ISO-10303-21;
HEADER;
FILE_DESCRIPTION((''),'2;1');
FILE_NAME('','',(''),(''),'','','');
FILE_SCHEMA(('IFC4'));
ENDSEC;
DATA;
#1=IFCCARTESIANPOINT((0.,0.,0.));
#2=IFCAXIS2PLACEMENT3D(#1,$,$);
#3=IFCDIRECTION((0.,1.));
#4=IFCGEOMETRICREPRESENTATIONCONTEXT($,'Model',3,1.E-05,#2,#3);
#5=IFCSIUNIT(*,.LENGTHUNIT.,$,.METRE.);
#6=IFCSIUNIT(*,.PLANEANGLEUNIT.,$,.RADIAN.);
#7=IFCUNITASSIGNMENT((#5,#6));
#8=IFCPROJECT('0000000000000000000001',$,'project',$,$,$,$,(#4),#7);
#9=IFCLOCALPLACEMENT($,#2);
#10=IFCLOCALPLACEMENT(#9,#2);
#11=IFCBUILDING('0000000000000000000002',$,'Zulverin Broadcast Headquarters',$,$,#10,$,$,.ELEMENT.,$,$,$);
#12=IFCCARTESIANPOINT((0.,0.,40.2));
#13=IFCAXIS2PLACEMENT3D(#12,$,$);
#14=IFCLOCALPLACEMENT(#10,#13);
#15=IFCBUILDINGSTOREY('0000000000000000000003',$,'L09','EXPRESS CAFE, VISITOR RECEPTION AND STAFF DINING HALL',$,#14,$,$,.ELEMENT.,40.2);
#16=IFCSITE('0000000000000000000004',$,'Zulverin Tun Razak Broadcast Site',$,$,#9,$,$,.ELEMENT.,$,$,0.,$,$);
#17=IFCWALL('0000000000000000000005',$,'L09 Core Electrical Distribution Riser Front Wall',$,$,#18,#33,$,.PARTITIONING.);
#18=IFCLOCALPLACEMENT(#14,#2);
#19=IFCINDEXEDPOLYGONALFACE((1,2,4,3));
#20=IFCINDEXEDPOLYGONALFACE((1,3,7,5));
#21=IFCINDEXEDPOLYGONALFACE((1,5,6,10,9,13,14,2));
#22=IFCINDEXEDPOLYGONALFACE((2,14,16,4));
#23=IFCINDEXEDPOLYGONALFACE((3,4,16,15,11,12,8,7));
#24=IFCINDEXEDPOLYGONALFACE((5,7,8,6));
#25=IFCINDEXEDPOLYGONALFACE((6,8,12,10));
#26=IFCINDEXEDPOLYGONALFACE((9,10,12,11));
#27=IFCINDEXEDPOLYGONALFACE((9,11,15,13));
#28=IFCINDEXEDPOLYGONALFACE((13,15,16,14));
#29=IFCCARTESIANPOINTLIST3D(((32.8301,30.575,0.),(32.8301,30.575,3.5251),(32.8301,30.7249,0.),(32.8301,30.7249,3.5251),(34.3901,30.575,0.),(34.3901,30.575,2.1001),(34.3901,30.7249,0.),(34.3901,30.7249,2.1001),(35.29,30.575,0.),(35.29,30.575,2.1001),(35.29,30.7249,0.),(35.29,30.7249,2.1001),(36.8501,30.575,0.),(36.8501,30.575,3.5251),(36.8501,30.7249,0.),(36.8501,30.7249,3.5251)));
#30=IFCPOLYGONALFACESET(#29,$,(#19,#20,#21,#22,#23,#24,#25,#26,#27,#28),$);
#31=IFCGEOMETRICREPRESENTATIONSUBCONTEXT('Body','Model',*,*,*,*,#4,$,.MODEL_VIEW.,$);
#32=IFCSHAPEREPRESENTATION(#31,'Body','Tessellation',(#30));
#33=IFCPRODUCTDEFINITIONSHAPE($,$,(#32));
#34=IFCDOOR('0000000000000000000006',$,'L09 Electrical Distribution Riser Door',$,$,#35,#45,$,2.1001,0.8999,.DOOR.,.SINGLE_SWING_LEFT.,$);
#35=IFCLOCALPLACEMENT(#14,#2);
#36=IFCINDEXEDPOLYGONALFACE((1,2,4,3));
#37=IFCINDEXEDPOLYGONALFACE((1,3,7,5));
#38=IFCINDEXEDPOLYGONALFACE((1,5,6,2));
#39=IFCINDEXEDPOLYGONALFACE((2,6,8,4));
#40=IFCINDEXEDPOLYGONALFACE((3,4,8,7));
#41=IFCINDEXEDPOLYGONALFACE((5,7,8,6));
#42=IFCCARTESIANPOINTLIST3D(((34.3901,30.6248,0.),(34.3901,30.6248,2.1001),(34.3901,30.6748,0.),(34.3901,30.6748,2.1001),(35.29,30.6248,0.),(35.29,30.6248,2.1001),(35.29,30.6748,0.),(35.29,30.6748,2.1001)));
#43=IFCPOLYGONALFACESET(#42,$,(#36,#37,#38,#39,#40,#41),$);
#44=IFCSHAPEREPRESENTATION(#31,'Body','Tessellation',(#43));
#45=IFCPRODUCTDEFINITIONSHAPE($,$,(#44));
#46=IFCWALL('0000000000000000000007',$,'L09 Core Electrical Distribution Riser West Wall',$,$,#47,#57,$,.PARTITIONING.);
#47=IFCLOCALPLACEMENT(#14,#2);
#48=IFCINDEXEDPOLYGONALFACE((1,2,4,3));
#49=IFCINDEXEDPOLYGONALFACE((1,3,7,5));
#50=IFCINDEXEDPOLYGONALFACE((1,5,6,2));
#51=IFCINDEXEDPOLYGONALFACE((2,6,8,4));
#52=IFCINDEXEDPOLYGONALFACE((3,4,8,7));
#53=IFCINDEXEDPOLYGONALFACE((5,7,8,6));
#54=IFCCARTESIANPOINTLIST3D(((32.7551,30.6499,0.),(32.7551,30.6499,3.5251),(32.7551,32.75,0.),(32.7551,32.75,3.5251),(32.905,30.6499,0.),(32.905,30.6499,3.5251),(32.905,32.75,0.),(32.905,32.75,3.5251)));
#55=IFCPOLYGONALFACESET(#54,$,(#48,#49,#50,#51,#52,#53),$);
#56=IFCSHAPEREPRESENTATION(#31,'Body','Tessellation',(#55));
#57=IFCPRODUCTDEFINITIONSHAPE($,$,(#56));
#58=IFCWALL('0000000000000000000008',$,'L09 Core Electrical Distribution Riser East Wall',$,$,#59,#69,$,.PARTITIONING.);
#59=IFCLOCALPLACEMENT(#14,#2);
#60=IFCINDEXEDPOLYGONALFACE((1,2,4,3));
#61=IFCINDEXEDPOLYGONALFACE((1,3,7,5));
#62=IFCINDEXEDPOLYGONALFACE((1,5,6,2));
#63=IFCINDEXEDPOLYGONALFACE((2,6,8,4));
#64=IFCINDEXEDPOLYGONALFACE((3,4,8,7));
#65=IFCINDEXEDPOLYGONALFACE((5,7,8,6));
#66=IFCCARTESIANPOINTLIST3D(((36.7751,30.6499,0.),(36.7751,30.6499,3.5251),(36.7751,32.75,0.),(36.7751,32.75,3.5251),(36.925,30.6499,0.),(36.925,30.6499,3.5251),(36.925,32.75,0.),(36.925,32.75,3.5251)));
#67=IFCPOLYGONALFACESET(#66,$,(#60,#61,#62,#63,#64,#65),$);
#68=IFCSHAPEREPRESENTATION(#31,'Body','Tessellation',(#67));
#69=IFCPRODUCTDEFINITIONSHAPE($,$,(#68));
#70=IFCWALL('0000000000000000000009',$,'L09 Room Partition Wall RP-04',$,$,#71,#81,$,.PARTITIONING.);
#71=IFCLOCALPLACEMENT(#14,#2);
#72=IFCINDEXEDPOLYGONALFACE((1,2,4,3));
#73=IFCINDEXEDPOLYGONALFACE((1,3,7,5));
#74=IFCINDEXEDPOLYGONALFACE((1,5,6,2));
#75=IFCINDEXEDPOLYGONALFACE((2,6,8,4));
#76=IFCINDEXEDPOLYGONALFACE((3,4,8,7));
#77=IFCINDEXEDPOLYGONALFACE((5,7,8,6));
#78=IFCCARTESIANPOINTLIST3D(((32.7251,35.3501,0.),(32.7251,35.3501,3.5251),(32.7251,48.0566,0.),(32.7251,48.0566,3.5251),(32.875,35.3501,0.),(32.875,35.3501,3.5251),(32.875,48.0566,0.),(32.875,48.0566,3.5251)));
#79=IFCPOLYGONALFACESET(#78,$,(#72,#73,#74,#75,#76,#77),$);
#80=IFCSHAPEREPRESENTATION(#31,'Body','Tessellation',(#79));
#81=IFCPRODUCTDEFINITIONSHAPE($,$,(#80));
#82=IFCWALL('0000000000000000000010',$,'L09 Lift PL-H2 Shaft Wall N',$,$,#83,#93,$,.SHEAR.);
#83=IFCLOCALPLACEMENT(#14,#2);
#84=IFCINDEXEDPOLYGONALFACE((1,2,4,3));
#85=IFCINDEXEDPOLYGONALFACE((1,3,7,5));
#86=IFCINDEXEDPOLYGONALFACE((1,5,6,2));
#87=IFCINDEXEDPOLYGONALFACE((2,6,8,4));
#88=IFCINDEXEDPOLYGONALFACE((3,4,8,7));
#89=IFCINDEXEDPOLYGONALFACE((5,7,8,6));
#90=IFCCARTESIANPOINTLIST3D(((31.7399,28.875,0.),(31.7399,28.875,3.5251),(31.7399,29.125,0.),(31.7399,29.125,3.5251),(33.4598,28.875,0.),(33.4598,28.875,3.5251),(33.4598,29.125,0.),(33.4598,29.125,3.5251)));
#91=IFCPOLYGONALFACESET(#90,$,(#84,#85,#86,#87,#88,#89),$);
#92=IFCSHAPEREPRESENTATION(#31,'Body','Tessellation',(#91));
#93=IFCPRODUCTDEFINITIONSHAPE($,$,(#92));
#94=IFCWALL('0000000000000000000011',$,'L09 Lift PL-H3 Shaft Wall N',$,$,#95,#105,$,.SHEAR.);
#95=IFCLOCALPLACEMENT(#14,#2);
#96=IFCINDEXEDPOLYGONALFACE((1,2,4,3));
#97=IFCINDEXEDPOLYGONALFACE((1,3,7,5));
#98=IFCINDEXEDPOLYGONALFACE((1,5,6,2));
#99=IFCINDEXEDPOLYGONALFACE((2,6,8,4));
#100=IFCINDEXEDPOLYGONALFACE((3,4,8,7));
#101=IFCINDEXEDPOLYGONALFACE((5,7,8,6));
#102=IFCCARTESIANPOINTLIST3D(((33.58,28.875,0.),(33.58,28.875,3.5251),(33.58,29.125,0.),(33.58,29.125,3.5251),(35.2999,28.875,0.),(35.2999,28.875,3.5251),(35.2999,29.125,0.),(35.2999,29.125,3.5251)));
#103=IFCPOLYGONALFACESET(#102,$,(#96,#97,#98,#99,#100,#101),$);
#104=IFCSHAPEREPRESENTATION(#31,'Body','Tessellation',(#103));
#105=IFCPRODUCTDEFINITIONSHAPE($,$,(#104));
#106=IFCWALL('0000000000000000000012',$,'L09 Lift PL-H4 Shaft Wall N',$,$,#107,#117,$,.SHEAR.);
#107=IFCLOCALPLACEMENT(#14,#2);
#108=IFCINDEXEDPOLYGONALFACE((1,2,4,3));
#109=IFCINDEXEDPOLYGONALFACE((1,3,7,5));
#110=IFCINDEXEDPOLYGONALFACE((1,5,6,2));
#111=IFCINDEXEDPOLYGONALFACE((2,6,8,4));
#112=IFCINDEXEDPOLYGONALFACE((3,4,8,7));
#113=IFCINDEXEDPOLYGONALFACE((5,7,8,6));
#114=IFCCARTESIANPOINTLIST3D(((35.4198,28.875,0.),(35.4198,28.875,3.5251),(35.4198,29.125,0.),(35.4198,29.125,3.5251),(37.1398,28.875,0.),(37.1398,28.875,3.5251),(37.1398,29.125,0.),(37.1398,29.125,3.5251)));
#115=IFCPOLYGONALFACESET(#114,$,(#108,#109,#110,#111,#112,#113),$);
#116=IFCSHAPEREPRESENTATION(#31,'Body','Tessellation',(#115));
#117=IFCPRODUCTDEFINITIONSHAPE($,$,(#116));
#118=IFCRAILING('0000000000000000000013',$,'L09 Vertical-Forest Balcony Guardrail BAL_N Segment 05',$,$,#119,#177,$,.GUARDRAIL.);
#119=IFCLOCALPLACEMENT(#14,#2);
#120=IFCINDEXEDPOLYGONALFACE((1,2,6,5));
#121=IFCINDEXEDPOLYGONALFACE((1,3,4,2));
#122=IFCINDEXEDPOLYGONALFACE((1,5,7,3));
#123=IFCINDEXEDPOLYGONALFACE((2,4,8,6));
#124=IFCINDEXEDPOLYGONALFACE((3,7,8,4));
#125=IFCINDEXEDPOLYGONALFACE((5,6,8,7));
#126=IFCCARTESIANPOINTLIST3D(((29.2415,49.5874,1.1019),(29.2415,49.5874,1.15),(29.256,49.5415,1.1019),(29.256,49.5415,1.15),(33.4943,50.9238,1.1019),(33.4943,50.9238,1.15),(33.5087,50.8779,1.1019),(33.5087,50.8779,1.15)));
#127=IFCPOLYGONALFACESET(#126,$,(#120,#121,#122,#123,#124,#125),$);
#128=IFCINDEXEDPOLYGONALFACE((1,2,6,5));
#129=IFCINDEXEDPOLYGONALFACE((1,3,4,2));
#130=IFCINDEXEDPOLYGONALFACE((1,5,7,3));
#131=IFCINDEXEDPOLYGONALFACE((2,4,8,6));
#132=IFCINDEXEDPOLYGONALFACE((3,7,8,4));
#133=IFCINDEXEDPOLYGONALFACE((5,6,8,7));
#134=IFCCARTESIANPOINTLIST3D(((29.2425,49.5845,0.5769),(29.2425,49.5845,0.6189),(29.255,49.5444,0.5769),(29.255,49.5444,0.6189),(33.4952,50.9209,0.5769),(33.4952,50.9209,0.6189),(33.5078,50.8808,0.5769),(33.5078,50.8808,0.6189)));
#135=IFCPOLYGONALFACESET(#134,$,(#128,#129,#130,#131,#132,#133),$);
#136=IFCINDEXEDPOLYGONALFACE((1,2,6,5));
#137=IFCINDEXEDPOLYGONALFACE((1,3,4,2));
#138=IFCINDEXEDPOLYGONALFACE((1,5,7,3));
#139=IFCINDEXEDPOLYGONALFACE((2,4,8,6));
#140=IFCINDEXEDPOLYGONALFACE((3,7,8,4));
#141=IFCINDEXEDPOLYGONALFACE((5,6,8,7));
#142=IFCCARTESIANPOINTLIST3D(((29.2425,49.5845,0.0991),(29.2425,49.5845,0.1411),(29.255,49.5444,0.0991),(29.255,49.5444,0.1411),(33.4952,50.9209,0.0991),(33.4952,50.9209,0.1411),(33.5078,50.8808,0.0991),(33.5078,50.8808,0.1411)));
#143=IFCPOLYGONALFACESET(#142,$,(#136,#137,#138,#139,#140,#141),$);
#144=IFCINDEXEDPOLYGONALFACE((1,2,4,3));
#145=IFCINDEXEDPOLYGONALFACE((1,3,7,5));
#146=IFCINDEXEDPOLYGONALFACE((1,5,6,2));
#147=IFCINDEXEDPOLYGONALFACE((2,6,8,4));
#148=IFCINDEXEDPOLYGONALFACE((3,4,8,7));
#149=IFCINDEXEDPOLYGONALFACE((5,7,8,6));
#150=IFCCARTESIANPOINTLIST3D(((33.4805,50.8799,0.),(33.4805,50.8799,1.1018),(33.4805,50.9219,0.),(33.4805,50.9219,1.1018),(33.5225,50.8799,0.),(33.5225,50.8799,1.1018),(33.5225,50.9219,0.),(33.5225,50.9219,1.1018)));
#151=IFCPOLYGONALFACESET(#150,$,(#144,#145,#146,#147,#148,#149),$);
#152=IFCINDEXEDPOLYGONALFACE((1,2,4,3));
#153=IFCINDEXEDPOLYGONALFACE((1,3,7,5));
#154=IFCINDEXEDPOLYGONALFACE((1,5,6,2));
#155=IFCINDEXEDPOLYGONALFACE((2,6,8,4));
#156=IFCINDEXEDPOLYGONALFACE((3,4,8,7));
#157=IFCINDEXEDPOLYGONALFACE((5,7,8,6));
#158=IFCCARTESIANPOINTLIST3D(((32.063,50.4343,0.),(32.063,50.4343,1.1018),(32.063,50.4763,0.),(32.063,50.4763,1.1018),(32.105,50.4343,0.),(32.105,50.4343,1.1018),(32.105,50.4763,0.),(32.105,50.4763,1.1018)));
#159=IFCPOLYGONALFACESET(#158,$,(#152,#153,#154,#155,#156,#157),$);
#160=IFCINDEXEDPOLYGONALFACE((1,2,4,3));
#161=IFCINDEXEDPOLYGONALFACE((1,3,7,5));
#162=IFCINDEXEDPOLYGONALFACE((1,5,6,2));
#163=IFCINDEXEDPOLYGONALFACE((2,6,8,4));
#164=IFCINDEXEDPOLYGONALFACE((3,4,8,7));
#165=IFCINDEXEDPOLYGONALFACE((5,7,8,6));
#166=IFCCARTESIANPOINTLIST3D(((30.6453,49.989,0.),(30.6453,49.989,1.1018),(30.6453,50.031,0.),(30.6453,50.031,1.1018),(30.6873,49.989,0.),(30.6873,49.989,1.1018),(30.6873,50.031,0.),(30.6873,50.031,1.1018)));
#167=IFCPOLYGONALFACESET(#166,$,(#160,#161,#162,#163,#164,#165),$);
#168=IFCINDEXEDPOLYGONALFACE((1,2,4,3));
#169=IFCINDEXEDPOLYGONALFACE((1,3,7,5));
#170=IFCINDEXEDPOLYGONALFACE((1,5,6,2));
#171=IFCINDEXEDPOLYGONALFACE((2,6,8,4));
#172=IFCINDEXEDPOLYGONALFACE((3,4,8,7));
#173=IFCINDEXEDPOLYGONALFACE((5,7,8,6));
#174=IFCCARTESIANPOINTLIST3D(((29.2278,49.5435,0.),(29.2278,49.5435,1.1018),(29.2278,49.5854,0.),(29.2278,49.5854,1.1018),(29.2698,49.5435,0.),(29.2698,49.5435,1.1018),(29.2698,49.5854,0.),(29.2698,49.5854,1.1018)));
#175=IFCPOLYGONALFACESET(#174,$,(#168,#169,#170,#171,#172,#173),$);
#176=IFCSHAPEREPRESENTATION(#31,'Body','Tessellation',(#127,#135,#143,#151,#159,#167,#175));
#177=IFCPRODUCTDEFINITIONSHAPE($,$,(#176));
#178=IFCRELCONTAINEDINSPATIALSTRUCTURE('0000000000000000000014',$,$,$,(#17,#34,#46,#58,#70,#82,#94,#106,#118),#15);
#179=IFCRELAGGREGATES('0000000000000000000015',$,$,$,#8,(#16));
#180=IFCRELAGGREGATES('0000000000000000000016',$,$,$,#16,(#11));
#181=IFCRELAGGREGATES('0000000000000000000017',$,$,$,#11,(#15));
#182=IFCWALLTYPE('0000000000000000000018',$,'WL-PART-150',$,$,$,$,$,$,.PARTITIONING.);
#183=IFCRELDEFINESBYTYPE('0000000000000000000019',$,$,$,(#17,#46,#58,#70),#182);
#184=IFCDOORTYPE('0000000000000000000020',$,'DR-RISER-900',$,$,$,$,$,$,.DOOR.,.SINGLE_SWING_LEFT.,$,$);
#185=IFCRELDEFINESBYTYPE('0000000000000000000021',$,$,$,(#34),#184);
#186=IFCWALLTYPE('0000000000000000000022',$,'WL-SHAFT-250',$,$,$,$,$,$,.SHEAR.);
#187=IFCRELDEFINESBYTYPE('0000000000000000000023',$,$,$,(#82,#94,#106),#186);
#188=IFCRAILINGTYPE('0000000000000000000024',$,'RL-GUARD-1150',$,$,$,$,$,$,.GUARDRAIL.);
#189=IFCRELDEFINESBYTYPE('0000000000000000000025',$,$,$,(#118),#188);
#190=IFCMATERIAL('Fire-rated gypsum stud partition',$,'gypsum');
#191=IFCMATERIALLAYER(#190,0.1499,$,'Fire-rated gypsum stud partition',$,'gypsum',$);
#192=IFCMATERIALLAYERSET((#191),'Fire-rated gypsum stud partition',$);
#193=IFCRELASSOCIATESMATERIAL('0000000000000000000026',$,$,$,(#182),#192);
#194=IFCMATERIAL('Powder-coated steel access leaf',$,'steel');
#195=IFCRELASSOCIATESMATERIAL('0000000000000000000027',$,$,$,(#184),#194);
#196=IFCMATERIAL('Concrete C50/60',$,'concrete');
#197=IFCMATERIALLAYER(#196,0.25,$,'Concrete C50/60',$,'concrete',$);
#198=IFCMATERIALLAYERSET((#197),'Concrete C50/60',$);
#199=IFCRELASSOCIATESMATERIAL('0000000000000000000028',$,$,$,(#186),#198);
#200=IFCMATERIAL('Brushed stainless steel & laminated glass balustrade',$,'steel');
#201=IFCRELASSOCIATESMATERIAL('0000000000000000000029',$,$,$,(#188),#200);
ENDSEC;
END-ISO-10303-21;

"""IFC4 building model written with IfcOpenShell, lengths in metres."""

from ifc_helpers import new_model, si_unit, direction, frame, frame_2d, origin, origin_2d, place, context, subcontext, project, spatial, rectangle, extrude, material, layer, layer_set, type_object, element, fill, save


model = new_model("IFC4")

# Units and contexts
model_context = context("Model", 3, precision=1e-05, world=origin(), true_north=direction((0.0, 1.0)))
body_context = subcontext(model_context, "Body", "Model", "MODEL_VIEW")
ifc_project = project(units=[si_unit("LENGTHUNIT", "METRE"), si_unit("PLANEANGLEUNIT", "RADIAN")], contexts=[model_context])

# Site, building, storey
site_placement = place(None, origin())
site = spatial("IfcSite", under=ifc_project, at=site_placement, Name="Zulverin Tun Razak Broadcast Site", CompositionType="ELEMENT", RefElevation=0.0)
building_placement = place(site_placement, origin())
building = spatial("IfcBuilding", under=site, at=building_placement, Name="Zulverin Broadcast Headquarters", CompositionType="ELEMENT")
storey_placement = place(building_placement, frame((0.0, 0.0, 40.2)))
storey = spatial("IfcBuildingStorey", under=building, at=storey_placement, Name="L09", Description="EXPRESS CAFE, VISITOR RECEPTION AND STAFF DINING HALL", CompositionType="ELEMENT", Elevation=40.2)

# Shared definitions
ifc_material_1 = material(Name="Fire-rated gypsum stud partition", Category="gypsum")
ifc_layer_1 = layer(ifc_material_1, 0.1499, Name="Fire-rated gypsum stud partition", Category="gypsum")
ifc_layer_set_1 = layer_set([ifc_layer_1], Name="Fire-rated gypsum stud partition")
wall_type_1 = type_object("IfcWallType", Name="WL-PART-150", PredefinedType="PARTITIONING", material=ifc_layer_set_1)

# Wall, opening, door
wall_1_placement = place(storey_placement, frame((32.8301, 30.6499, 0.0), z_axis=(0.0, 0.0, 1.0), x_axis=(1.0, 0.0, 0.0)))
wall_1 = element("IfcWall", 1, at=wall_1_placement, inside=storey, type_object=wall_type_1, Name="L09 Core Electrical Distribution Riser Front Wall", PredefinedType="PARTITIONING", context=body_context, shape_type="SweptSolid", body=[
    extrude(rectangle(XDim=4.02, YDim=0.1499, at=frame_2d((2.01, 0.0))), origin(), (0.0, 0.0, 1.0), 3.5251),
])
opening_1_placement = place(wall_1_placement, frame((1.5601, 0.0, 0.0)))
opening_1 = element("IfcOpeningElement", 2, at=opening_1_placement, cuts=wall_1, PredefinedType="OPENING", context=body_context, shape_type="SweptSolid", body=[
    extrude(rectangle(XDim=0.8999, YDim=2.1001, at=frame_2d((0.45, 1.05))), frame((0.0, 0.085, 0.0), z_axis=(0.0, -1.0, 0.0), x_axis=(1.0, 0.0, 0.0)), (0.0, 0.0, 1.0), 0.1699),
])
ifc_material_2 = material(Name="Powder-coated steel access leaf", Category="steel")
door_type_1 = type_object("IfcDoorType", Name="DR-RISER-900", OperationType="SINGLE_SWING_LEFT", PredefinedType="DOOR", material=ifc_material_2)
door_1_placement = place(opening_1_placement, origin())
door_1 = element("IfcDoor", 3, at=door_1_placement, inside=storey, type_object=door_type_1, Name="L09 Electrical Distribution Riser Door", OperationType="SINGLE_SWING_LEFT", OverallHeight=2.1001, OverallWidth=0.8999, PredefinedType="DOOR", context=body_context, shape_type="SweptSolid", body=[
    extrude(rectangle(XDim=0.8999, YDim=2.1001, at=frame_2d((0.45, 1.05))), frame((0.0, 0.0249, 0.0), z_axis=(0.0, -1.0, 0.0), x_axis=(1.0, 0.0, 0.0)), (0.0, 0.0, 1.0), 0.05),
])
fill(opening_1, door_1)

# Walls
for number, where, z_axis, x_axis, name in (
    (4, (32.8301, 30.6499, 0.0), (0.0, 0.0, 1.0), (0.0, 1.0, 0.0), "L09 Core Electrical Distribution Riser West Wall"),
    (5, (36.8501, 30.6499, 0.0), (0.0, 0.0, 1.0), (0.0, 1.0, 0.0), "L09 Core Electrical Distribution Riser East Wall"),
):
    element("IfcWall", number, at=place(storey_placement, frame(where, z_axis=z_axis, x_axis=x_axis)), inside=storey, type_object=wall_type_1, Name=name, PredefinedType="PARTITIONING", context=body_context, shape_type="SweptSolid", body=[
        extrude(rectangle(XDim=2.1001, YDim=0.1499, at=frame_2d((1.05, 0.0))), origin(), (0.0, 0.0, 1.0), 3.5251),
    ])
wall_2_placement = place(storey_placement, frame((32.8, 35.3501, 0.0), z_axis=(0.0, 0.0, 1.0), x_axis=(0.0, 1.0, 0.0)))
element("IfcWall", 6, at=wall_2_placement, inside=storey, type_object=wall_type_1, Name="L09 Room Partition Wall RP-04", PredefinedType="PARTITIONING", context=body_context, shape_type="SweptSolid", body=[
    extrude(rectangle(XDim=12.7065, YDim=0.1499, at=frame_2d((6.3533, 0.0))), origin(), (0.0, 0.0, 1.0), 3.5251),
])
ifc_material_3 = material(Name="Concrete C50/60", Category="concrete")
ifc_layer_2 = layer(ifc_material_3, 0.25, Name="Concrete C50/60", Category="concrete")
ifc_layer_set_2 = layer_set([ifc_layer_2], Name="Concrete C50/60")
wall_type_2 = type_object("IfcWallType", Name="WL-SHAFT-250", PredefinedType="SHEAR", material=ifc_layer_set_2)
for number, where, z_axis, x_axis, name in (
    (7, (31.74, 29.0, 0.0), (0.0, 0.0, 1.0), (1.0, 0.0, 0.0), "L09 Lift PL-H2 Shaft Wall N"),
    (8, (33.5801, 29.0, 0.0), (0.0, 0.0, 1.0), (1.0, 0.0, 0.0), "L09 Lift PL-H3 Shaft Wall N"),
    (9, (35.4199, 29.0, 0.0), (0.0, 0.0, 1.0), (1.0, 0.0, 0.0), "L09 Lift PL-H4 Shaft Wall N"),
):
    element("IfcWall", number, at=place(storey_placement, frame(where, z_axis=z_axis, x_axis=x_axis)), inside=storey, type_object=wall_type_2, Name=name, PredefinedType="SHEAR", context=body_context, shape_type="SweptSolid", body=[
        extrude(rectangle(XDim=1.72, YDim=0.25, at=frame_2d((0.8599, 0.0))), origin(), (0.0, 0.0, 1.0), 3.5251),
    ])

# Railing
ifc_material_4 = material(Name="Brushed stainless steel & laminated glass balustrade", Category="steel")
railing_type = type_object("IfcRailingType", Name="RL-GUARD-1150", PredefinedType="GUARDRAIL", material=ifc_material_4)
railing_1_placement = place(storey_placement, frame((33.5015, 50.9009, 0.0)))
element("IfcRailing", 10, at=railing_1_placement, inside=storey, type_object=railing_type, Name="L09 Vertical-Forest Balcony Guardrail BAL_N Segment 05", PredefinedType="GUARDRAIL", context=body_context, shape_type="SweptSolid", body=[
    extrude(rectangle(XDim=0.0481, YDim=0.0481, at=origin_2d()), frame((0.0, 0.0, 1.126), z_axis=(-0.954002, -0.2998, 0.0), x_axis=(0.2998, -0.954002, 0.0)), (0.0, 0.0, 1.0), 4.4578),
    extrude(rectangle(XDim=0.042, YDim=0.042, at=origin_2d()), frame((0.0, 0.0, 0.5979), z_axis=(-0.954002, -0.2998, 0.0), x_axis=(0.2998, -0.954002, 0.0)), (0.0, 0.0, 1.0), 4.4578),
    extrude(rectangle(XDim=0.042, YDim=0.042, at=origin_2d()), frame((0.0, 0.0, 0.1201), z_axis=(-0.954002, -0.2998, 0.0), x_axis=(0.2998, -0.954002, 0.0)), (0.0, 0.0, 1.0), 4.4578),
    extrude(rectangle(XDim=0.042, YDim=0.042, at=origin_2d()), origin(), (0.0, 0.0, 1.0), 1.1018),
    extrude(rectangle(XDim=0.042, YDim=0.042, at=origin_2d()), frame((-1.4175, -0.4456, 0.0)), (0.0, 0.0, 1.0), 1.1018),
    extrude(rectangle(XDim=0.042, YDim=0.042, at=origin_2d()), frame((-2.8352, -0.8909, 0.0)), (0.0, 0.0, 1.0), 1.1018),
    extrude(rectangle(XDim=0.042, YDim=0.042, at=origin_2d()), frame((-4.2527, -1.3364, 0.0)), (0.0, 0.0, 1.0), 1.1018),
])

save(model, "model.ifc")
